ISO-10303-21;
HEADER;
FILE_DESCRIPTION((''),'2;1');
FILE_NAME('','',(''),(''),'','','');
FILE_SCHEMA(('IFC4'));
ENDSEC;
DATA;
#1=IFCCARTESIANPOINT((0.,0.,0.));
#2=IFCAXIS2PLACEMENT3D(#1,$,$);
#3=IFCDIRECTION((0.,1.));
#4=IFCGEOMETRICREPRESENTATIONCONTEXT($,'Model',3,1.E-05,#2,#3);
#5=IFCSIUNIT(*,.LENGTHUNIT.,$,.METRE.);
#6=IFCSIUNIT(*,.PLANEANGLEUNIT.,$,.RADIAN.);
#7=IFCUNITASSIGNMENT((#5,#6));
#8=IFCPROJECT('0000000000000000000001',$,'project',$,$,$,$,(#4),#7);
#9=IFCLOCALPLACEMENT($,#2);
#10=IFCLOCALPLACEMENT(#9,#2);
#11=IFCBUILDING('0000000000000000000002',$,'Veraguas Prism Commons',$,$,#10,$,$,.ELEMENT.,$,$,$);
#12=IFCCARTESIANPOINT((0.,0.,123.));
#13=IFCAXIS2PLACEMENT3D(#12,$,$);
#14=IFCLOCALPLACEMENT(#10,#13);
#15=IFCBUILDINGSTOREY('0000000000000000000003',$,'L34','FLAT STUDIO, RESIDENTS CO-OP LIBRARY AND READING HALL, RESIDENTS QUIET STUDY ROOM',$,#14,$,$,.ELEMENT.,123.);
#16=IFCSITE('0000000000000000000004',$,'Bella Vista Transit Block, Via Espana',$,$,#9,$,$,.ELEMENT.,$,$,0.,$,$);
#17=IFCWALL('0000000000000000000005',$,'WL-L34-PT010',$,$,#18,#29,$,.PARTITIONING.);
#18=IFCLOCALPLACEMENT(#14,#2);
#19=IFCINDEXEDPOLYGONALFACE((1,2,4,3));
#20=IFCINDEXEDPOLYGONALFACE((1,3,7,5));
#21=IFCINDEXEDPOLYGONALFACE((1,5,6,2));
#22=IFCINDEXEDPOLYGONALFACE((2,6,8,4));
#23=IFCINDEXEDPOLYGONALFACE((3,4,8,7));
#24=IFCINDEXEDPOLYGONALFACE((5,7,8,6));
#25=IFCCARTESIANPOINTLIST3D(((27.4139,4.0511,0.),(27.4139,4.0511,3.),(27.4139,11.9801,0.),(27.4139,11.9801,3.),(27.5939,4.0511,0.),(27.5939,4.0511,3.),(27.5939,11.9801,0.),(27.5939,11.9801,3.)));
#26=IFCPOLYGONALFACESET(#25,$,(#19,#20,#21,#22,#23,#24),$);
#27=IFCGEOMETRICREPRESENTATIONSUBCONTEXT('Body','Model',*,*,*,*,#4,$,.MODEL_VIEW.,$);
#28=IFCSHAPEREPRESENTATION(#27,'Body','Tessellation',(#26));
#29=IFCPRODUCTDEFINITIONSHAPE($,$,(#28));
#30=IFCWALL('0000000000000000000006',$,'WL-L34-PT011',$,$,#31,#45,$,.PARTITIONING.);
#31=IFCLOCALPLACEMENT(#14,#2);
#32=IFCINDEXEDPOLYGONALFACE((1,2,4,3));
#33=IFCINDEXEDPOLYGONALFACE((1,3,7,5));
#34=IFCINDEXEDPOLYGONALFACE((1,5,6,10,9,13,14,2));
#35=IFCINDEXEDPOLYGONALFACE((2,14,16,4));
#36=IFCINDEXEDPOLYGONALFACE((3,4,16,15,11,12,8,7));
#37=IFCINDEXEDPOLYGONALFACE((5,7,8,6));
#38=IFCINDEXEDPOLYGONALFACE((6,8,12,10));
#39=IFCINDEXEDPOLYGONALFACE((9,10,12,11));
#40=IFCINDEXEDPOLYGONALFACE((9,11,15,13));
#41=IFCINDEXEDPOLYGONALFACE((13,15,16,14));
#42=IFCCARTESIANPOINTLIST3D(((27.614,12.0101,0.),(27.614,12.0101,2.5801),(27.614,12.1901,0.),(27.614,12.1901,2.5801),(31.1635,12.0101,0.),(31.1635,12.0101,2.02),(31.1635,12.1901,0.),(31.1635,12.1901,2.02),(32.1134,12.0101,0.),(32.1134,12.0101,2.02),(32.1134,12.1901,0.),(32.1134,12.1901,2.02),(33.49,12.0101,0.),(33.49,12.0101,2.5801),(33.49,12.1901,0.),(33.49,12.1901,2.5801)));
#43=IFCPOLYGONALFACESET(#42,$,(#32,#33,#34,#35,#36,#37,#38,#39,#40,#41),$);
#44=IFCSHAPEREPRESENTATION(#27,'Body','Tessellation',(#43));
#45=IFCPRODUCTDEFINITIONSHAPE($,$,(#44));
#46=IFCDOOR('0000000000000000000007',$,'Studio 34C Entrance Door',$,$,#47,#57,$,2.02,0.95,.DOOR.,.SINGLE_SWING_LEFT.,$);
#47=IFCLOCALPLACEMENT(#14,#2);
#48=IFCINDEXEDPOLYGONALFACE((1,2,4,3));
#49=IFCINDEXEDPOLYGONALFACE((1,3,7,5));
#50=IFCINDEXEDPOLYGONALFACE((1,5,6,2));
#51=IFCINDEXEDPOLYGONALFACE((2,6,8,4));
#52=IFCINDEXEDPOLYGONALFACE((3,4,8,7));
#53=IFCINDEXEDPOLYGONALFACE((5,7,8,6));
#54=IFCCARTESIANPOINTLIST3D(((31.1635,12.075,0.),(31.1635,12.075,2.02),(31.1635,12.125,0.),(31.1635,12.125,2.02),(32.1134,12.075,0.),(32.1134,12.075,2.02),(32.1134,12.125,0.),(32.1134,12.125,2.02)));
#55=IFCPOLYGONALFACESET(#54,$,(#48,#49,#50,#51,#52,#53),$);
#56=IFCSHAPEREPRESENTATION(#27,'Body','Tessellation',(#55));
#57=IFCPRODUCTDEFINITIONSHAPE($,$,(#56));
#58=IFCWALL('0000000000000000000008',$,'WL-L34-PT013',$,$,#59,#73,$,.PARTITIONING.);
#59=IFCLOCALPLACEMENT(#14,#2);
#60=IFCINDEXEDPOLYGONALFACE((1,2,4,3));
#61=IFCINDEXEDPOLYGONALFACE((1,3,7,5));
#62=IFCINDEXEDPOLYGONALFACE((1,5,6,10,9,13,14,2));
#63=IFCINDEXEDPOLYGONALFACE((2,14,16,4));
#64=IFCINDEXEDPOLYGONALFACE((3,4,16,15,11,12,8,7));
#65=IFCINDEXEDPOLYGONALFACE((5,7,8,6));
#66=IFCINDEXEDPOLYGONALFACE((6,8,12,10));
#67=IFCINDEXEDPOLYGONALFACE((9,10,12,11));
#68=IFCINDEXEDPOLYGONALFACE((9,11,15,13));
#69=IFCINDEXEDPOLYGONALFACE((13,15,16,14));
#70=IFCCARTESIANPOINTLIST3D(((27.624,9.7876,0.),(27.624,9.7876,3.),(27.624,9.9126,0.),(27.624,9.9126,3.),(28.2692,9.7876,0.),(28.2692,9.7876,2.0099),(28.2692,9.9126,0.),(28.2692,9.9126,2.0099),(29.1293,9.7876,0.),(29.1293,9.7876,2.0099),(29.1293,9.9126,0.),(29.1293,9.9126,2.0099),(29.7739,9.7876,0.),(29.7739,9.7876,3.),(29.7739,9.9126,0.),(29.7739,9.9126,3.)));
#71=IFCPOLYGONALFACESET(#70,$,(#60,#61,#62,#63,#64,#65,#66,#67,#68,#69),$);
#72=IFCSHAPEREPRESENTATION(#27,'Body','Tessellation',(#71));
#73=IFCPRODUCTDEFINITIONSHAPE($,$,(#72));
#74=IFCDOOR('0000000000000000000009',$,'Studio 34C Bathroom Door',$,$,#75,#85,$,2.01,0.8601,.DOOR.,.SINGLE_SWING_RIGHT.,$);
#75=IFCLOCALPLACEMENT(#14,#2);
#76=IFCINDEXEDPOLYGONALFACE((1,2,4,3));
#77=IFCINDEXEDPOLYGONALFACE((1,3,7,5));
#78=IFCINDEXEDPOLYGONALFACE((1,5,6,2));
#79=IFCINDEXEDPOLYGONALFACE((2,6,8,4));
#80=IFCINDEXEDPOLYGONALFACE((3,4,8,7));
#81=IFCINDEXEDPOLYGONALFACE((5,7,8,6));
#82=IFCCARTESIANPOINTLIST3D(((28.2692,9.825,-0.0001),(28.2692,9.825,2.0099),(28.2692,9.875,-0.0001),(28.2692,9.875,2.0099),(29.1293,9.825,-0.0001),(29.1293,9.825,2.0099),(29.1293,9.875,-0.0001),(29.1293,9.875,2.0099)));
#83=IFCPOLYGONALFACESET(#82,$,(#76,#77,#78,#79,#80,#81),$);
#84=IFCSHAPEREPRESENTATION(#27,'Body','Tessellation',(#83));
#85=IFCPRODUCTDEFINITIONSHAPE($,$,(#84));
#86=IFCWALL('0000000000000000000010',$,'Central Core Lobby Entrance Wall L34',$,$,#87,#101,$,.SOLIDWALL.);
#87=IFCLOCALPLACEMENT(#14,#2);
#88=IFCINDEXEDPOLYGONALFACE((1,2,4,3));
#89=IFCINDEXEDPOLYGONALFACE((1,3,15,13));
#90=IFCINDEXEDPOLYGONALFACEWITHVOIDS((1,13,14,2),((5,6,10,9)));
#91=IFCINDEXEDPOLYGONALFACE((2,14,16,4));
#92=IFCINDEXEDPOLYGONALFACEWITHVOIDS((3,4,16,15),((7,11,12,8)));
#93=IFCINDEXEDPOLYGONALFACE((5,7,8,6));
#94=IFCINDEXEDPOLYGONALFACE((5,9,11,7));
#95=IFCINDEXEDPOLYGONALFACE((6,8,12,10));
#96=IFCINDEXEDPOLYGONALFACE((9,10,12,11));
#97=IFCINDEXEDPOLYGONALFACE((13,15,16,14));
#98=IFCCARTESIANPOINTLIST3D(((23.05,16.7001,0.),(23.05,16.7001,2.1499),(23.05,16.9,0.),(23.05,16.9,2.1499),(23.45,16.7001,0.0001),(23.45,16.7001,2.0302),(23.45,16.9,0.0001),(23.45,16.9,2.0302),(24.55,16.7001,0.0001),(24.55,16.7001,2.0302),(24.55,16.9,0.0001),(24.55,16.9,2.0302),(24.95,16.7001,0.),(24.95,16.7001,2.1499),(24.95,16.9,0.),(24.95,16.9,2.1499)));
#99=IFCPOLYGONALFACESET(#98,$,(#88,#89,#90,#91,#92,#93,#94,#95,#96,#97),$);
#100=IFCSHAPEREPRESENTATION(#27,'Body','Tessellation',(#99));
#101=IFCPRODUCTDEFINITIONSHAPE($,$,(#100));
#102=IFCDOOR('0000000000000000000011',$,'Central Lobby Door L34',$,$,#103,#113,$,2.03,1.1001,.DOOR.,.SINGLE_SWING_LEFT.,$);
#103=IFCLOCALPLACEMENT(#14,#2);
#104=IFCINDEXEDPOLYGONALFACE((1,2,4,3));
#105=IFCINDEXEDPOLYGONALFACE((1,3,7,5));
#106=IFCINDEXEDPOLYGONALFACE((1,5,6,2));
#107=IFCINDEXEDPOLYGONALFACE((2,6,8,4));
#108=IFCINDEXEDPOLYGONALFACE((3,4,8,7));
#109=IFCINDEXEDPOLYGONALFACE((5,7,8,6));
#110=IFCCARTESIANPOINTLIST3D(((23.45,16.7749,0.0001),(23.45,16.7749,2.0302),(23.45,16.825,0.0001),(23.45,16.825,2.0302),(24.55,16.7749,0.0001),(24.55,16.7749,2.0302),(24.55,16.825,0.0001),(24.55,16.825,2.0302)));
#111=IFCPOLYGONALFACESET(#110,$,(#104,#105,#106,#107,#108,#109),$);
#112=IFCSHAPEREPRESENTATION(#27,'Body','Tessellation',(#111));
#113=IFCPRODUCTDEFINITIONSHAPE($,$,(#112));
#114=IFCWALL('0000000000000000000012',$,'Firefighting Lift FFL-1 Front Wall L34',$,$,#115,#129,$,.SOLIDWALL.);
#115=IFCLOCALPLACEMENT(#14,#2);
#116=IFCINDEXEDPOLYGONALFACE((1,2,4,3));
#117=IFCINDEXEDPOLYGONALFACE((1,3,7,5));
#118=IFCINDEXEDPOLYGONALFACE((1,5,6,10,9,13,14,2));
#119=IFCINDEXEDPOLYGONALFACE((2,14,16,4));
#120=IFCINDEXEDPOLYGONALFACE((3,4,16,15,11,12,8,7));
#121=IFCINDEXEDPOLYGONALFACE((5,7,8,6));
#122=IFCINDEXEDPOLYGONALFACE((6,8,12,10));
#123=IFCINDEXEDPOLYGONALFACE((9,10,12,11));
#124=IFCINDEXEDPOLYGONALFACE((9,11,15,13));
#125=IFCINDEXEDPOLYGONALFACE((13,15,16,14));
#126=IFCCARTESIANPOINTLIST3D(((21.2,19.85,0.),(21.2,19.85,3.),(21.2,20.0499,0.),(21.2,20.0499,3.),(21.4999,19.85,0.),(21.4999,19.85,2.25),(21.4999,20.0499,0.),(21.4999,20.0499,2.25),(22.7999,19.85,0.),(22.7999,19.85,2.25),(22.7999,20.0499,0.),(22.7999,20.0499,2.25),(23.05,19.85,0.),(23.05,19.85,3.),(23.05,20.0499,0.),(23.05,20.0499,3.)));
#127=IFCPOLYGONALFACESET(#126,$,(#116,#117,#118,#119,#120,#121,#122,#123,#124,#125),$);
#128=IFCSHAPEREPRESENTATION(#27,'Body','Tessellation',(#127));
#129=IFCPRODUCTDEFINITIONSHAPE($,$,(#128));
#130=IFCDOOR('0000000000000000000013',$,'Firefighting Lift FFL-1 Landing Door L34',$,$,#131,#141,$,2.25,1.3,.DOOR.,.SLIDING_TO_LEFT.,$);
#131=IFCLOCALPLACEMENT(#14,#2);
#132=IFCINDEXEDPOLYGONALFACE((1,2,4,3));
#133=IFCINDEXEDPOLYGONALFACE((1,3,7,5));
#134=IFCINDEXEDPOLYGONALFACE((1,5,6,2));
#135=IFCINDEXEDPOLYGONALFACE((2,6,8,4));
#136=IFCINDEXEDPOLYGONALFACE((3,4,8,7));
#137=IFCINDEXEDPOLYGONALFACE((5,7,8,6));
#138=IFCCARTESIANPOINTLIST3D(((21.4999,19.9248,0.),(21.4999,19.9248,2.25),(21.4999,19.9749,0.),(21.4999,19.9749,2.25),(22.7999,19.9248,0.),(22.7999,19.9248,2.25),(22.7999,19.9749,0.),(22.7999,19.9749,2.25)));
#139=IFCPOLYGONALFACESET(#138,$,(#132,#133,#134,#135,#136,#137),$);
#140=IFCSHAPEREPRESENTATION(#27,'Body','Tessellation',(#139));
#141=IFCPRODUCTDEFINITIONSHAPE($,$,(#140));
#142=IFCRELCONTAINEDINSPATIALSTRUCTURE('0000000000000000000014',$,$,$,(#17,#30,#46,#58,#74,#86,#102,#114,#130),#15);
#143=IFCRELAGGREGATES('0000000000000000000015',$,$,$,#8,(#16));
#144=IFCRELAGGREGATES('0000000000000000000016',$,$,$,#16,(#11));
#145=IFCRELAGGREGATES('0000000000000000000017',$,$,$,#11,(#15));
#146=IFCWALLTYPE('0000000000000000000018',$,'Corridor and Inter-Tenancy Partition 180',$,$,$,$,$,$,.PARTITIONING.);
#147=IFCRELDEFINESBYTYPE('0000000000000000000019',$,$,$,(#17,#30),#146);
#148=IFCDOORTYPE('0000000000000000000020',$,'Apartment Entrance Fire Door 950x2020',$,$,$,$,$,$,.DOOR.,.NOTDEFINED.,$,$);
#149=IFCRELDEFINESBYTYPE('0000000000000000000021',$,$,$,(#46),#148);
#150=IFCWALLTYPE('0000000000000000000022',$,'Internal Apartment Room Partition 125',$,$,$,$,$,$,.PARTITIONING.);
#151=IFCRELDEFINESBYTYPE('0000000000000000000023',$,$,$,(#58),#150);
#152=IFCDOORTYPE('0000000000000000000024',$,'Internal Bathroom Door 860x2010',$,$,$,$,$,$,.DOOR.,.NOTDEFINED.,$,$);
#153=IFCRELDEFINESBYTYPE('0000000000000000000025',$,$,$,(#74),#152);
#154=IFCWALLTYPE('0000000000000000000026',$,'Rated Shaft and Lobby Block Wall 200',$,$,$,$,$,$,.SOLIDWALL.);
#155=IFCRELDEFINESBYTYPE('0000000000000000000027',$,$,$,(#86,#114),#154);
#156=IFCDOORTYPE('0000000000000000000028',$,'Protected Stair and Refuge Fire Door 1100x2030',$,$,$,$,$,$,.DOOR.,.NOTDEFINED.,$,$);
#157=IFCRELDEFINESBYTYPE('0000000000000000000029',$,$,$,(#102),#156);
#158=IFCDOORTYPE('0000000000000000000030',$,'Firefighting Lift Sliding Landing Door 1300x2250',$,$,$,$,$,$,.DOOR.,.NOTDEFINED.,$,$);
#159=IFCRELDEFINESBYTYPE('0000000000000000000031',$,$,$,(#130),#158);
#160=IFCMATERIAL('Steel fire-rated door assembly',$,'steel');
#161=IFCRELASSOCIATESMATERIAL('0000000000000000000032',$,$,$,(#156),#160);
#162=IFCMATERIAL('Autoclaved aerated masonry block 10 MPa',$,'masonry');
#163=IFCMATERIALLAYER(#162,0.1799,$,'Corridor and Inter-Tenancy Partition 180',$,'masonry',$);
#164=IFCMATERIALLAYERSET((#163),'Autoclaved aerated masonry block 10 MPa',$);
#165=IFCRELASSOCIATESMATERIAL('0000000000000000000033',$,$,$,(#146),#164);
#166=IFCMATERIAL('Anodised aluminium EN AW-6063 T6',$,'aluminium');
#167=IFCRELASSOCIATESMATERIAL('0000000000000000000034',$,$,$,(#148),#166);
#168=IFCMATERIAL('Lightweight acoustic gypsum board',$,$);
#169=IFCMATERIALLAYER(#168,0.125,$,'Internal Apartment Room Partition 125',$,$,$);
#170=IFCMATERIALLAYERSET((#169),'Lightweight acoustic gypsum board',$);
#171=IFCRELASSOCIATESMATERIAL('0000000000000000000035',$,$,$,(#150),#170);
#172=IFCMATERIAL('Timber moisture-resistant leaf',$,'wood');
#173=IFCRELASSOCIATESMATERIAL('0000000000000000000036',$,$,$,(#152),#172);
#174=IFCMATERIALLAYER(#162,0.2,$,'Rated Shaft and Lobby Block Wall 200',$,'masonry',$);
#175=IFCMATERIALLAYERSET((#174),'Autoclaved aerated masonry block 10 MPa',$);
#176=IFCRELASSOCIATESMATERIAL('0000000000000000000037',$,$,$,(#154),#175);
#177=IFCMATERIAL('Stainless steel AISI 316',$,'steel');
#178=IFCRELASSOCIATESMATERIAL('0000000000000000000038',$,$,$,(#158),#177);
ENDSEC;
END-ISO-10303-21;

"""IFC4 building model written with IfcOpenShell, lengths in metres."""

from ifc_helpers import new_model, si_unit, direction, frame, frame_2d, origin, place, context, subcontext, project, spatial, rectangle, extrude, source, transform, mapped, material, layer, layer_set, type_object, element, fill, save


model = new_model("IFC4")

# Units and contexts
model_context = context("Model", 3, precision=1e-05, world=origin(), true_north=direction((0.0, 1.0)))
body_context = subcontext(model_context, "Body", "Model", "MODEL_VIEW")
ifc_project = project(units=[si_unit("LENGTHUNIT", "METRE"), si_unit("PLANEANGLEUNIT", "RADIAN")], contexts=[model_context])

# Site, building, storey
site_placement = place(None, origin())
site = spatial("IfcSite", under=ifc_project, at=site_placement, Name="Bella Vista Transit Block, Via Espana", CompositionType="ELEMENT", RefElevation=0.0)
building_placement = place(site_placement, origin())
building = spatial("IfcBuilding", under=site, at=building_placement, Name="Veraguas Prism Commons", CompositionType="ELEMENT")
storey_placement = place(building_placement, frame((0.0, 0.0, 123.0)))
storey = spatial("IfcBuildingStorey", under=building, at=storey_placement, Name="L34", Description="FLAT STUDIO, RESIDENTS CO-OP LIBRARY AND READING HALL, RESIDENTS QUIET STUDY ROOM", CompositionType="ELEMENT", Elevation=123.0)

# Shared definitions
ifc_material_1 = material(Name="Steel fire-rated door assembly", Category="steel")
door_type_1 = type_object("IfcDoorType", Name="Protected Stair and Refuge Fire Door 1100x2030", OperationType="NOTDEFINED", PredefinedType="DOOR", material=ifc_material_1)
shared_shape_1 = source(origin(), body_context, "Body", "SweptSolid", [
    extrude(rectangle(XDim=1.1001, YDim=2.03, at=frame_2d((0.55, 1.0151))), frame((0.0, 0.0249, 0.0), z_axis=(0.0, -1.0, 0.0), x_axis=(1.0, 0.0, 0.0)), (0.0, 0.0, 1.0), 0.05),
])

# Wall
ifc_material_2 = material(Name="Autoclaved aerated masonry block 10 MPa", Category="masonry")
ifc_layer_1 = layer(ifc_material_2, 0.1799, Name="Corridor and Inter-Tenancy Partition 180", Category="masonry")
ifc_layer_set_1 = layer_set([ifc_layer_1], Name="Autoclaved aerated masonry block 10 MPa")
wall_type_1 = type_object("IfcWallType", Name="Corridor and Inter-Tenancy Partition 180", PredefinedType="PARTITIONING", material=ifc_layer_set_1)
wall_1_placement = place(storey_placement, frame((27.5039, 11.98, 0.0), z_axis=(0.0, 0.0, 1.0), x_axis=(0.0, -1.0, 0.0)))
element("IfcWall", 1, at=wall_1_placement, inside=storey, type_object=wall_type_1, Name="WL-L34-PT010", PredefinedType="PARTITIONING", context=body_context, shape_type="SweptSolid", body=[
    extrude(rectangle(XDim=7.929, YDim=0.1799, at=frame_2d((3.9644, 0.0))), origin(), (0.0, 0.0, 1.0), 3.0),
])

# Walls, openings, doors
wall_2_placement = place(storey_placement, frame((27.614, 12.1001, 0.0), z_axis=(0.0, 0.0, 1.0), x_axis=(1.0, 0.0, 0.0)))
wall_2 = element("IfcWall", 2, at=wall_2_placement, inside=storey, type_object=wall_type_1, Name="WL-L34-PT011", PredefinedType="PARTITIONING", context=body_context, shape_type="SweptSolid", body=[
    extrude(rectangle(XDim=5.876, YDim=0.1799, at=frame_2d((2.938, 0.0))), origin(), (0.0, 0.0, 1.0), 2.5801),
])
opening_1_placement = place(wall_2_placement, frame((3.5493, 0.0, 0.0)))
opening_1 = element("IfcOpeningElement", 3, at=opening_1_placement, cuts=wall_2, PredefinedType="OPENING", context=body_context, shape_type="SweptSolid", body=[
    extrude(rectangle(XDim=0.95, YDim=2.02, at=frame_2d((0.4751, 1.01))), frame((0.0, 0.0999, 0.0), z_axis=(0.0, -1.0, 0.0), x_axis=(1.0, 0.0, 0.0)), (0.0, 0.0, 1.0), 0.2),
])
ifc_material_3 = material(Name="Anodised aluminium EN AW-6063 T6", Category="aluminium")
door_type_2 = type_object("IfcDoorType", Name="Apartment Entrance Fire Door 950x2020", OperationType="NOTDEFINED", PredefinedType="DOOR", material=ifc_material_3)
shared_shape_2 = source(origin(), body_context, "Body", "SweptSolid", [
    extrude(rectangle(XDim=0.95, YDim=2.02, at=frame_2d((0.4751, 1.01))), frame((0.0, 0.0249, 0.0), z_axis=(0.0, -1.0, 0.0), x_axis=(1.0, 0.0, 0.0)), (0.0, 0.0, 1.0), 0.05),
])
door_1_placement = place(opening_1_placement, origin())
door_1 = element("IfcDoor", 4, at=door_1_placement, inside=storey, type_object=door_type_2, Name="Studio 34C Entrance Door", OperationType="SINGLE_SWING_LEFT", OverallHeight=2.02, OverallWidth=0.95, PredefinedType="DOOR", context=body_context, shape_type="MappedRepresentation", body=[
    mapped(shared_shape_2, transform((0.0, 0.0, 0.0), scale=1.0)),
])
fill(opening_1, door_1)
ifc_material_4 = material(Name="Lightweight acoustic gypsum board")
ifc_layer_2 = layer(ifc_material_4, 0.125, Name="Internal Apartment Room Partition 125")
ifc_layer_set_2 = layer_set([ifc_layer_2], Name="Lightweight acoustic gypsum board")
wall_type_2 = type_object("IfcWallType", Name="Internal Apartment Room Partition 125", PredefinedType="PARTITIONING", material=ifc_layer_set_2)
wall_3_placement = place(storey_placement, frame((27.624, 9.8501, 0.0), z_axis=(0.0, 0.0, 1.0), x_axis=(1.0, 0.0, 0.0)))
wall_3 = element("IfcWall", 5, at=wall_3_placement, inside=storey, type_object=wall_type_2, Name="WL-L34-PT013", PredefinedType="PARTITIONING", context=body_context, shape_type="SweptSolid", body=[
    extrude(rectangle(XDim=2.1499, YDim=0.125, at=frame_2d((1.075, 0.0))), origin(), (0.0, 0.0, 1.0), 3.0),
])
opening_2_placement = place(wall_3_placement, frame((0.645, 0.0, 0.0)))
opening_2 = element("IfcOpeningElement", 6, at=opening_2_placement, cuts=wall_3, PredefinedType="OPENING", context=body_context, shape_type="SweptSolid", body=[
    extrude(rectangle(XDim=0.8601, YDim=2.01, at=frame_2d((0.4302, 1.0049))), frame((0.0, 0.0725, 0.0), z_axis=(0.0, -1.0, 0.0), x_axis=(1.0, 0.0, 0.0)), (0.0, 0.0, 1.0), 0.145),
])
ifc_material_5 = material(Name="Timber moisture-resistant leaf", Category="wood")
door_type_3 = type_object("IfcDoorType", Name="Internal Bathroom Door 860x2010", OperationType="NOTDEFINED", PredefinedType="DOOR", material=ifc_material_5)
shared_shape_3 = source(origin(), body_context, "Body", "SweptSolid", [
    extrude(rectangle(XDim=0.8601, YDim=2.01, at=frame_2d((0.4302, 1.0049))), frame((0.0, 0.0249, 0.0), z_axis=(0.0, -1.0, 0.0), x_axis=(1.0, 0.0, 0.0)), (0.0, 0.0, 1.0), 0.05),
])
door_2_placement = place(opening_2_placement, origin())
door_2 = element("IfcDoor", 7, at=door_2_placement, inside=storey, type_object=door_type_3, Name="Studio 34C Bathroom Door", OperationType="SINGLE_SWING_RIGHT", OverallHeight=2.01, OverallWidth=0.8601, PredefinedType="DOOR", context=body_context, shape_type="MappedRepresentation", body=[
    mapped(shared_shape_3, transform((0.0, 0.0, 0.0), scale=1.0)),
])
fill(opening_2, door_2)
ifc_layer_3 = layer(ifc_material_2, 0.2, Name="Rated Shaft and Lobby Block Wall 200", Category="masonry")
ifc_layer_set_3 = layer_set([ifc_layer_3], Name="Autoclaved aerated masonry block 10 MPa")
wall_type_3 = type_object("IfcWallType", Name="Rated Shaft and Lobby Block Wall 200", PredefinedType="SOLIDWALL", material=ifc_layer_set_3)
wall_4_placement = place(storey_placement, frame((23.05, 16.8, 0.0), z_axis=(0.0, 0.0, 1.0), x_axis=(1.0, 0.0, 0.0)))
wall_4 = element("IfcWall", 8, at=wall_4_placement, inside=storey, type_object=wall_type_3, Name="Central Core Lobby Entrance Wall L34", PredefinedType="SOLIDWALL", context=body_context, shape_type="SweptSolid", body=[
    extrude(rectangle(XDim=1.8999, YDim=0.2, at=frame_2d((0.95, 0.0))), origin(), (0.0, 0.0, 1.0), 2.1499),
])
opening_3_placement = place(wall_4_placement, frame((0.3999, 0.0, 0.0)))
opening_3 = element("IfcOpeningElement", 9, at=opening_3_placement, cuts=wall_4, PredefinedType="OPENING", context=body_context, shape_type="SweptSolid", body=[
    extrude(rectangle(XDim=1.1001, YDim=2.03, at=frame_2d((0.55, 1.0151))), frame((0.0, 0.1099, 0.0), z_axis=(0.0, -1.0, 0.0), x_axis=(1.0, 0.0, 0.0)), (0.0, 0.0, 1.0), 0.22),
])
door_3_placement = place(opening_3_placement, origin())
door_3 = element("IfcDoor", 10, at=door_3_placement, inside=storey, type_object=door_type_1, Name="Central Lobby Door L34", OperationType="SINGLE_SWING_LEFT", OverallHeight=2.03, OverallWidth=1.1001, PredefinedType="DOOR", context=body_context, shape_type="MappedRepresentation", body=[
    mapped(shared_shape_1, transform((0.0, 0.0, 0.0), scale=1.0)),
])
fill(opening_3, door_3)
wall_5_placement = place(storey_placement, frame((21.2, 19.95, 0.0), z_axis=(0.0, 0.0, 1.0), x_axis=(1.0, 0.0, 0.0)))
wall_5 = element("IfcWall", 11, at=wall_5_placement, inside=storey, type_object=wall_type_3, Name="Firefighting Lift FFL-1 Front Wall L34", PredefinedType="SOLIDWALL", context=body_context, shape_type="SweptSolid", body=[
    extrude(rectangle(XDim=1.8501, YDim=0.2, at=frame_2d((0.925, 0.0))), origin(), (0.0, 0.0, 1.0), 3.0),
])
opening_4_placement = place(wall_5_placement, frame((0.3, 0.0, 0.0)))
opening_4 = element("IfcOpeningElement", 12, at=opening_4_placement, cuts=wall_5, PredefinedType="OPENING", context=body_context, shape_type="SweptSolid", body=[
    extrude(rectangle(XDim=1.3, YDim=2.25, at=frame_2d((0.6499, 1.125))), frame((0.0, 0.1099, 0.0), z_axis=(0.0, -1.0, 0.0), x_axis=(1.0, 0.0, 0.0)), (0.0, 0.0, 1.0), 0.22),
])
ifc_material_6 = material(Name="Stainless steel AISI 316", Category="steel")
door_type_4 = type_object("IfcDoorType", Name="Firefighting Lift Sliding Landing Door 1300x2250", OperationType="NOTDEFINED", PredefinedType="DOOR", material=ifc_material_6)
shared_shape_4 = source(origin(), body_context, "Body", "SweptSolid", [
    extrude(rectangle(XDim=1.3, YDim=2.25, at=frame_2d((0.6499, 1.125))), frame((0.0, 0.0249, 0.0), z_axis=(0.0, -1.0, 0.0), x_axis=(1.0, 0.0, 0.0)), (0.0, 0.0, 1.0), 0.05),
])
door_4_placement = place(opening_4_placement, origin())
door_4 = element("IfcDoor", 13, at=door_4_placement, inside=storey, type_object=door_type_4, Name="Firefighting Lift FFL-1 Landing Door L34", OperationType="SLIDING_TO_LEFT", OverallHeight=2.25, OverallWidth=1.3, PredefinedType="DOOR", context=body_context, shape_type="MappedRepresentation", body=[
    mapped(shared_shape_4, transform((0.0, 0.0, 0.0), scale=1.0)),
])
fill(opening_4, door_4)

save(model, "model.ifc")
